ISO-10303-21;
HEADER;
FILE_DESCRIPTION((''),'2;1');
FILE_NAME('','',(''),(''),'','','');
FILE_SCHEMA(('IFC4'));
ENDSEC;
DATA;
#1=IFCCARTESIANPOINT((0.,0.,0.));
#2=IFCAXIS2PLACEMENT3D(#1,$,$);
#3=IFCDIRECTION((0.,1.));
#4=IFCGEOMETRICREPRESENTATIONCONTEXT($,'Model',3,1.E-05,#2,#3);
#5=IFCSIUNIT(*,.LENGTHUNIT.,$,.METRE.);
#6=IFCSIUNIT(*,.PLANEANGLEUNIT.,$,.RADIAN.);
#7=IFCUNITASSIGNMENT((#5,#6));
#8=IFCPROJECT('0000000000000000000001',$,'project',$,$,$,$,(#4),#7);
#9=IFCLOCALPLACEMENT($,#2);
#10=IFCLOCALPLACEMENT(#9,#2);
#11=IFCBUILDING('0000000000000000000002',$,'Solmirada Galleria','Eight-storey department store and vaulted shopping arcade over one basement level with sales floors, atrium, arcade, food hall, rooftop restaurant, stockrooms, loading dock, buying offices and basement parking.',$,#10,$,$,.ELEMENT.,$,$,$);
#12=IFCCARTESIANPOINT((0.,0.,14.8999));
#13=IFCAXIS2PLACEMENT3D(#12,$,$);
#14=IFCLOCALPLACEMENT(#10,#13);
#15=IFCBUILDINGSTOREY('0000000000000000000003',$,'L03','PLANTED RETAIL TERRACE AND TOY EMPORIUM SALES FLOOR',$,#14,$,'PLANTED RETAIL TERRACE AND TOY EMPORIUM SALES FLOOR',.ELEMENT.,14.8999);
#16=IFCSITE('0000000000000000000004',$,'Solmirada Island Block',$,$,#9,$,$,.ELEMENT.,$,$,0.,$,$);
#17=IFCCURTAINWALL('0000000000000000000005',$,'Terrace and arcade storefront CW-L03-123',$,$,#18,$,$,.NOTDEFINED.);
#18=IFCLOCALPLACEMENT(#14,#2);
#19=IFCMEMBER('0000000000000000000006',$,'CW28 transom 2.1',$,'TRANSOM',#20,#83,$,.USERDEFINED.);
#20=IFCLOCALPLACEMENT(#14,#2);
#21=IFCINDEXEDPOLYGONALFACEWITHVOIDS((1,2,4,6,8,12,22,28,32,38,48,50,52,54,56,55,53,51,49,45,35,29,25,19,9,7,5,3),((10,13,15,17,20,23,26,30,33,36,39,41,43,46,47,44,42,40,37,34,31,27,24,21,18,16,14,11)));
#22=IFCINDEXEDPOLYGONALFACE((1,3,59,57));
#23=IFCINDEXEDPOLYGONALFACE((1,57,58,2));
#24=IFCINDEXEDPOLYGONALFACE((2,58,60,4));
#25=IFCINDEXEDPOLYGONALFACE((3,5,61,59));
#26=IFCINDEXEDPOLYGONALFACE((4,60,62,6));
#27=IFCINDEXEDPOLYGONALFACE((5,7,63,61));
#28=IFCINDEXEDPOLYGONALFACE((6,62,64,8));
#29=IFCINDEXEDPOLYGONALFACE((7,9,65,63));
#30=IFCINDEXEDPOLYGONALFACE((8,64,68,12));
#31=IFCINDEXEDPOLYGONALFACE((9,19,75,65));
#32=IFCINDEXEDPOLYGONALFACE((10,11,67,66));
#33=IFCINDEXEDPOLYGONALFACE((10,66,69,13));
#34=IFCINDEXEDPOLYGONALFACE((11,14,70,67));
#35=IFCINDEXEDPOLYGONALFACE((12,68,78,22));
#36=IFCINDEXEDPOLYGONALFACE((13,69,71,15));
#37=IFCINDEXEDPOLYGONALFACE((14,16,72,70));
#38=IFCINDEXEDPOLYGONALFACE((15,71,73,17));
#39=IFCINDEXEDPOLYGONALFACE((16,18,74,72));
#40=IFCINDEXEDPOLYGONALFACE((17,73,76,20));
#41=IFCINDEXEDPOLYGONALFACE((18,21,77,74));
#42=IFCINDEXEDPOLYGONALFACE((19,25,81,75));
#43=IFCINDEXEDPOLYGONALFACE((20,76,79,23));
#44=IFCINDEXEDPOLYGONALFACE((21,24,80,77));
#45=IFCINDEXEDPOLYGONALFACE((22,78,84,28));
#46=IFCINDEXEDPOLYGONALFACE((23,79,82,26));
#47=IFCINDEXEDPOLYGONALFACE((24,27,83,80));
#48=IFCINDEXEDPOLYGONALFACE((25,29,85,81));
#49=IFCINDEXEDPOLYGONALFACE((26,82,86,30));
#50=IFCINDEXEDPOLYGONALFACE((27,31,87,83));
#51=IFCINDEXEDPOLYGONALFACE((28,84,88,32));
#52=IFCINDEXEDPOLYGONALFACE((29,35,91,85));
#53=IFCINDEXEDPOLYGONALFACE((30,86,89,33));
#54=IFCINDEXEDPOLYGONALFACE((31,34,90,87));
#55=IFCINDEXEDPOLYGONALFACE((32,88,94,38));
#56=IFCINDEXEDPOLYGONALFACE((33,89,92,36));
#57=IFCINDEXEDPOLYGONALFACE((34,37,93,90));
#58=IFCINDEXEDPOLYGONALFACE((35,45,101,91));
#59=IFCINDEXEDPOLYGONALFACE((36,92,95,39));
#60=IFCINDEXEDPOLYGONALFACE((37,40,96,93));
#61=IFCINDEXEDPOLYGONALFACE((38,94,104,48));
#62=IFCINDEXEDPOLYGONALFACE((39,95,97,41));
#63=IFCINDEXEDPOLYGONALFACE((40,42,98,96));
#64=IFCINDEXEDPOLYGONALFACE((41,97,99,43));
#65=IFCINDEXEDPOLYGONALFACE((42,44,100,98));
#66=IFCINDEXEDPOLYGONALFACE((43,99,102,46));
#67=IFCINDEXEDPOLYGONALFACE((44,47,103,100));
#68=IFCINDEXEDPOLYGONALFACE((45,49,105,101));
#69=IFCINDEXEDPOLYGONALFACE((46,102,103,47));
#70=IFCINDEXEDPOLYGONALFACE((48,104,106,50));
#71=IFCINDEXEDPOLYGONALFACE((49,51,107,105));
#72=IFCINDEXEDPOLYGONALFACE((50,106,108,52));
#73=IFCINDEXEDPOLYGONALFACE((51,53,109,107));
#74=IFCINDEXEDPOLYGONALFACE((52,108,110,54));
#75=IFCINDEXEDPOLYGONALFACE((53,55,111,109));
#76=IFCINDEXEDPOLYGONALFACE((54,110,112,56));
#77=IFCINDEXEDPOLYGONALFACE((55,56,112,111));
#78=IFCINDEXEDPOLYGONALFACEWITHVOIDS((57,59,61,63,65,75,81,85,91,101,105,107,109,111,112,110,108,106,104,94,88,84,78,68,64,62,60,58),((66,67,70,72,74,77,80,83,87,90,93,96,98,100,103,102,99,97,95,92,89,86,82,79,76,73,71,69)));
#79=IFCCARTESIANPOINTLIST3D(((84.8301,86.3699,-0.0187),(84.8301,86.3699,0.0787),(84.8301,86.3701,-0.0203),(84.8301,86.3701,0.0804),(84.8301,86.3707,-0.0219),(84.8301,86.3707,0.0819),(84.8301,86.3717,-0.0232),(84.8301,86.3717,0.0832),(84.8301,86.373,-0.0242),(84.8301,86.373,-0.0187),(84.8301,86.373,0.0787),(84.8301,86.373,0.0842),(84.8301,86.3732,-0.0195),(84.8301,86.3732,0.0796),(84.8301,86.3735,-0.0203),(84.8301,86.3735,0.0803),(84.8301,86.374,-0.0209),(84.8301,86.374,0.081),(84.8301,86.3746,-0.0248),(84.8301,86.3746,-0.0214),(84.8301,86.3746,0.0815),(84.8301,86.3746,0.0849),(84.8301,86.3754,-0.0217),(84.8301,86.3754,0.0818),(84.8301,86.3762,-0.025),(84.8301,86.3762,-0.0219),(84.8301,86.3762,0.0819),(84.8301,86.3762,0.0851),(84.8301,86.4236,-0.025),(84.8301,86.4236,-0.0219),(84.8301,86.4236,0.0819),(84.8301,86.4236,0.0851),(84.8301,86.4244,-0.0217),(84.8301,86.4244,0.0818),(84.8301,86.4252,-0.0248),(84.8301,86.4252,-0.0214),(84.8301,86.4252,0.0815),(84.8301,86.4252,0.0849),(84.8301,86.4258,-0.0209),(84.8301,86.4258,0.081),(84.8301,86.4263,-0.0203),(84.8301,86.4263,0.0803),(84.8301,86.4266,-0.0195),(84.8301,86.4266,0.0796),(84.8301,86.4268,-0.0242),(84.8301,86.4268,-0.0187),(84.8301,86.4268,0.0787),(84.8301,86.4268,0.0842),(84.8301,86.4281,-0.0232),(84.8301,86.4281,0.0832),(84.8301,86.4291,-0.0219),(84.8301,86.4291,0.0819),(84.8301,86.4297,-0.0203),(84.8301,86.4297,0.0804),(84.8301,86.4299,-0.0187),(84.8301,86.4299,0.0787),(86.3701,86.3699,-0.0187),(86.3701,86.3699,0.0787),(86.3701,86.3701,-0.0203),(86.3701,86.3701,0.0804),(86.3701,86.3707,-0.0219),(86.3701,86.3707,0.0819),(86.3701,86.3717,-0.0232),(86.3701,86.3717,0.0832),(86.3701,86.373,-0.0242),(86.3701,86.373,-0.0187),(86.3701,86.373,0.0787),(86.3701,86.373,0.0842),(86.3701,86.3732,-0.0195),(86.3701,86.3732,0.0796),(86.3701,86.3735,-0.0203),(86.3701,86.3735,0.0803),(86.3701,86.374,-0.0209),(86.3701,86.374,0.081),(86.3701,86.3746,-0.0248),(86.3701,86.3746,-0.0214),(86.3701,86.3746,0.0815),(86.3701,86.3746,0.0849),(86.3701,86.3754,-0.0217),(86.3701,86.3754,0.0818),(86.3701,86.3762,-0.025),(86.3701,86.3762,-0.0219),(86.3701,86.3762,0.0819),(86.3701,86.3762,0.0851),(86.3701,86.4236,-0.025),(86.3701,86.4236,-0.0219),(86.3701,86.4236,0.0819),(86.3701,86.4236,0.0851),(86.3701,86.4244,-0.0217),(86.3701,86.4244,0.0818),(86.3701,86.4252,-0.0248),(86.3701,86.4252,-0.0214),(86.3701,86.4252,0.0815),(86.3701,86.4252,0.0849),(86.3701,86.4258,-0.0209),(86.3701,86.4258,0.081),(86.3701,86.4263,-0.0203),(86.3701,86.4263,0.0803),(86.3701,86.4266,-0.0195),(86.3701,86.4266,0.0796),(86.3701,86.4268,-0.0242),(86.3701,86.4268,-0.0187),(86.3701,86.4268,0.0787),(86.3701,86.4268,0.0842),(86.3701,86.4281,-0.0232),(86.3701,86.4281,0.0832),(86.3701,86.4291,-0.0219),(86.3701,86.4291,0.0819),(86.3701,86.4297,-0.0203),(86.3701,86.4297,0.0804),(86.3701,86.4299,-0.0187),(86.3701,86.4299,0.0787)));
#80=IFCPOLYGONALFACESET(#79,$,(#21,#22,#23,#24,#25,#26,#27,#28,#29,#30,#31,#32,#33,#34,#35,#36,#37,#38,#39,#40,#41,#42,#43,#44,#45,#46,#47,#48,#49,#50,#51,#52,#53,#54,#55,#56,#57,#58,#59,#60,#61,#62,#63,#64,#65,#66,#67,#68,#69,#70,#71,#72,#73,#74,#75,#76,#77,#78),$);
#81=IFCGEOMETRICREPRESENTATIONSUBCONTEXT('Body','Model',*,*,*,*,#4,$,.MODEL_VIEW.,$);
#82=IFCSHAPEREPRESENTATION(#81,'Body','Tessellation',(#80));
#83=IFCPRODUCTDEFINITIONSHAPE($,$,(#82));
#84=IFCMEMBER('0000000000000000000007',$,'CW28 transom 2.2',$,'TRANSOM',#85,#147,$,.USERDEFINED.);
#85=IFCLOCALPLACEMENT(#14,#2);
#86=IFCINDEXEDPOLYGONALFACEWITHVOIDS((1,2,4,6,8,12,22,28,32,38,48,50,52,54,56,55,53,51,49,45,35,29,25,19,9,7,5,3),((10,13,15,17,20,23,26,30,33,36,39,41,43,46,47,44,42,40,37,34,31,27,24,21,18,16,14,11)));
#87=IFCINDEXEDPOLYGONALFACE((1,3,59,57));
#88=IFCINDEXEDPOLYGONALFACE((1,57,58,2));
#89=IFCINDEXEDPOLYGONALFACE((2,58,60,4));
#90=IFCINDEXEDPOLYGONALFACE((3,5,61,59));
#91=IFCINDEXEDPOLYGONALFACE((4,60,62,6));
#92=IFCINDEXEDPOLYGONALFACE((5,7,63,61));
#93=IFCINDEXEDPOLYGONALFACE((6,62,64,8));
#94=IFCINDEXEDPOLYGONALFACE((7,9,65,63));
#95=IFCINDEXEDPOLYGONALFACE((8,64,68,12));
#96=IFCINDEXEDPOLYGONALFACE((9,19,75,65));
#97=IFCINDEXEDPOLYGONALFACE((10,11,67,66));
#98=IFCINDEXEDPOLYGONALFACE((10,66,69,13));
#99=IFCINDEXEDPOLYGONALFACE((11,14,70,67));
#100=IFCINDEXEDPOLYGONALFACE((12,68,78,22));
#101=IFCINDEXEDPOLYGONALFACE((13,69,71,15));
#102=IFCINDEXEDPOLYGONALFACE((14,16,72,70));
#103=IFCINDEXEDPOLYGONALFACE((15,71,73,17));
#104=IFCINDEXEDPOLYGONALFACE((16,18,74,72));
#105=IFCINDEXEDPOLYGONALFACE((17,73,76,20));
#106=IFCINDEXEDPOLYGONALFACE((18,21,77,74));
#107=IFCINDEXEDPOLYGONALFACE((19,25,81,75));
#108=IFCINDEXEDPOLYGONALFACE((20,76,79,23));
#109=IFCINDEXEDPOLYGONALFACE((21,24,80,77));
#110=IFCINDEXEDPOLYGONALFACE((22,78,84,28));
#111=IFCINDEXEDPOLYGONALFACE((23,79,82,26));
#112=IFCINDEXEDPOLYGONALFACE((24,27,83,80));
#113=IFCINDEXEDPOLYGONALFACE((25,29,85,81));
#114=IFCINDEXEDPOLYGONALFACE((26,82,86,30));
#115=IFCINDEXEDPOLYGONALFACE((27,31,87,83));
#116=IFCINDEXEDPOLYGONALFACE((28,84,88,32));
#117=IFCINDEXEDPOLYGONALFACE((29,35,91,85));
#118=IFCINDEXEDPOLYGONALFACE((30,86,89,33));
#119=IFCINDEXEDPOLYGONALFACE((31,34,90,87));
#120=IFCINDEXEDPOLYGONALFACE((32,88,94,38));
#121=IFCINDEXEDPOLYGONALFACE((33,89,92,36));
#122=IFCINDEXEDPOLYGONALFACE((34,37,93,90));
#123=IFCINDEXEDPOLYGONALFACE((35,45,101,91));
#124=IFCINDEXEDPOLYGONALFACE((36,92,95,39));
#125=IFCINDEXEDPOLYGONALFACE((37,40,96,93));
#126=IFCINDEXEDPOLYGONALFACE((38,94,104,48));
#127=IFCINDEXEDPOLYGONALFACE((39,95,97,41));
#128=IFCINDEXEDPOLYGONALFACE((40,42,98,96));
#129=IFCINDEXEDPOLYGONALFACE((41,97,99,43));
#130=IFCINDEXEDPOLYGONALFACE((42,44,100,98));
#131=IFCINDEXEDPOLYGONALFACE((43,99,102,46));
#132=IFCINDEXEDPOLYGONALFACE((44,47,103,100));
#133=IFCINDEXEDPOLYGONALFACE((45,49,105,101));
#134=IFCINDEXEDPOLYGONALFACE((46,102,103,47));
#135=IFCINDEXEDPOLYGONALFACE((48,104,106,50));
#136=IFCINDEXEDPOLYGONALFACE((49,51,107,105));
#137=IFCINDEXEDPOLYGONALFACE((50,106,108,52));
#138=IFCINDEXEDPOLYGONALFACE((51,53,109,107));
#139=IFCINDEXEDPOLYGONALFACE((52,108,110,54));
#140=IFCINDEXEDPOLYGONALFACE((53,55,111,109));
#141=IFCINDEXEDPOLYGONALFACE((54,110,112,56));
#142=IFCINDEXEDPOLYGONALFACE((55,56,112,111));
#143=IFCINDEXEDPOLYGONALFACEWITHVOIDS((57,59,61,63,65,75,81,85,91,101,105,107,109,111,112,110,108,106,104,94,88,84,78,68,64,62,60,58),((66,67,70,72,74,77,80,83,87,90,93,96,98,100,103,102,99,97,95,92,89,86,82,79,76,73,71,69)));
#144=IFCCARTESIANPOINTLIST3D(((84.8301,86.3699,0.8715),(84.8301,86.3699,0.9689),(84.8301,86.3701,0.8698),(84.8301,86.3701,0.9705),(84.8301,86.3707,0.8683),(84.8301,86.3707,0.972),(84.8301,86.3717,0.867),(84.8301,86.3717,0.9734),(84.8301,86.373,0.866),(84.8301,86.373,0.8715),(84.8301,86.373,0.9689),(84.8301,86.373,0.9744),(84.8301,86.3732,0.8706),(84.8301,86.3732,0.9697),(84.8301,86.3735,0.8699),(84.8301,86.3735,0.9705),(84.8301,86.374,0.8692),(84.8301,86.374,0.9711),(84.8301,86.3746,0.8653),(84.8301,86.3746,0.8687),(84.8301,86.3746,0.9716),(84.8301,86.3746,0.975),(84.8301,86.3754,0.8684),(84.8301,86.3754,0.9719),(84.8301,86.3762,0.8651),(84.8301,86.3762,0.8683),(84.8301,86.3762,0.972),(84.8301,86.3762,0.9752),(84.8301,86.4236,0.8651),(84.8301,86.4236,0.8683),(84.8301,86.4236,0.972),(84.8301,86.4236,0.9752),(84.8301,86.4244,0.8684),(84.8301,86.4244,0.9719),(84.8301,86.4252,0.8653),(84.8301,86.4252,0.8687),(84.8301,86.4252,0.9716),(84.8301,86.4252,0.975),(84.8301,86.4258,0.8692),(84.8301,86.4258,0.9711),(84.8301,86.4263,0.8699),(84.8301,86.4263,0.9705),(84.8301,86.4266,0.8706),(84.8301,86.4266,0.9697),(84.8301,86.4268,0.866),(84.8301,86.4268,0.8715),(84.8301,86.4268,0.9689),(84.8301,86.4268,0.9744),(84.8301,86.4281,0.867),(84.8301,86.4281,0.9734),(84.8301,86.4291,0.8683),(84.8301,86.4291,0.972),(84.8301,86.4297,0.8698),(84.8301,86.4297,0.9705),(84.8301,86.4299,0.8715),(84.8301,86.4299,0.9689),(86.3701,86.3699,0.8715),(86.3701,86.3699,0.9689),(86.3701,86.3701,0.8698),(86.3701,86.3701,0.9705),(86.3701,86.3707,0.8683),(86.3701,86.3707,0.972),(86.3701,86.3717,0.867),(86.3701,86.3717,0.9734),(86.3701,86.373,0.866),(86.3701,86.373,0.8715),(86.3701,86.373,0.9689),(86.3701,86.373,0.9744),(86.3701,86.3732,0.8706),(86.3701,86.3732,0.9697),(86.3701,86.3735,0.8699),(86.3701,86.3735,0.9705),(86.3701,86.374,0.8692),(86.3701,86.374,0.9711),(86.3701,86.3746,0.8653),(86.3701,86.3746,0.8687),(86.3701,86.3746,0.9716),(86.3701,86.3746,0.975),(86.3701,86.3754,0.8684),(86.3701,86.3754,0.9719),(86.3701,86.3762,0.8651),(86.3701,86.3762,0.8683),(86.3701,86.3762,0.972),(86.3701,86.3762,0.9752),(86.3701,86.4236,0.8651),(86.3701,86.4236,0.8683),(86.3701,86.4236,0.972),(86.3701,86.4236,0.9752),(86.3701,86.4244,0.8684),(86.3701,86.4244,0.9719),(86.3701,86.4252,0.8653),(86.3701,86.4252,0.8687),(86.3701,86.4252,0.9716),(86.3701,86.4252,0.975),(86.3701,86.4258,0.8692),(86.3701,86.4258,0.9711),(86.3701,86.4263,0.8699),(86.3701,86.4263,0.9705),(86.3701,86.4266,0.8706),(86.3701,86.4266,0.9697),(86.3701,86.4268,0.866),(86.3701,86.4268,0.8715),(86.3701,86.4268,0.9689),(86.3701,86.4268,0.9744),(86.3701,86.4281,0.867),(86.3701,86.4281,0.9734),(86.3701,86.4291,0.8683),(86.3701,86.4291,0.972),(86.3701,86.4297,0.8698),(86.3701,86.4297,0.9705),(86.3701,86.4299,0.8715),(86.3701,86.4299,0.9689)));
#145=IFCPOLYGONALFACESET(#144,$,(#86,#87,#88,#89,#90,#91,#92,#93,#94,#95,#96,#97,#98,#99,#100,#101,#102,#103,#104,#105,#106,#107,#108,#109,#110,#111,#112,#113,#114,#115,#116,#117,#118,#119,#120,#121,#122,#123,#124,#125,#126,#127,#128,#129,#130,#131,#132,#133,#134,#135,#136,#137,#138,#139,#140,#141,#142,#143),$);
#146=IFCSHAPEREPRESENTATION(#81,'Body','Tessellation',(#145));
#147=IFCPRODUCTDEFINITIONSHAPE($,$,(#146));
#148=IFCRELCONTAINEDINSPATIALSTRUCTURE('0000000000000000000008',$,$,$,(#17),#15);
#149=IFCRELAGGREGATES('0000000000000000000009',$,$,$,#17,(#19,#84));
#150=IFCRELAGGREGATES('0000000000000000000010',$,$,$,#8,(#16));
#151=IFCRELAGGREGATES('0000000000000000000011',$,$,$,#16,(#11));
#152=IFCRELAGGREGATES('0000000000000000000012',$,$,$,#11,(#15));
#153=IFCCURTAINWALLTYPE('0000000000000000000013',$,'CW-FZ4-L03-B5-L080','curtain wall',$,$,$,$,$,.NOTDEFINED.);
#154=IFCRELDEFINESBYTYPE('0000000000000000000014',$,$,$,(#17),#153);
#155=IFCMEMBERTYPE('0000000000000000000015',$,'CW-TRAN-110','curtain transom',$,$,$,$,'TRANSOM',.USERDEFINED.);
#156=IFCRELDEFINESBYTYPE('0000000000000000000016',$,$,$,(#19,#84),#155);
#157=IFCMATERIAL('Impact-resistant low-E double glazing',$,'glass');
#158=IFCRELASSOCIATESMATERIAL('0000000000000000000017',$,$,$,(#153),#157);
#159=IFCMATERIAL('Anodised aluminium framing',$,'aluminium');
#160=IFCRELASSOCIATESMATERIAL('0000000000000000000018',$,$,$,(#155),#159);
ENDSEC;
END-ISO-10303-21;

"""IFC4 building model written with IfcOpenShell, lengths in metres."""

from ifc_helpers import new_model, si_unit, direction, frame, origin, origin_2d, place, context, subcontext, project, spatial, hollow_rectangle, extrude, material, material_profile, profile_set, type_object, element, aggregate, save


model = new_model("IFC4")

# Units and contexts
model_context = context("Model", 3, precision=1e-05, world=origin(), true_north=direction((0.0, 1.0)))
body_context = subcontext(model_context, "Body", "Model", "MODEL_VIEW")
ifc_project = project(units=[si_unit("LENGTHUNIT", "METRE"), si_unit("PLANEANGLEUNIT", "RADIAN")], contexts=[model_context])

# Site, building, storey
site_placement = place(None, origin())
site = spatial("IfcSite", under=ifc_project, at=site_placement, Name="Solmirada Island Block", CompositionType="ELEMENT", RefElevation=0.0)
building_placement = place(site_placement, origin())
building = spatial("IfcBuilding", under=site, at=building_placement, Name="Solmirada Galleria", Description="Eight-storey department store and vaulted shopping arcade over one basement level with sales floors, atrium, arcade, food hall, rooftop restaurant, stockrooms, loading dock, buying offices and basement parking.", CompositionType="ELEMENT")
storey_placement = place(building_placement, frame((0.0, 0.0, 14.8999)))
storey = spatial("IfcBuildingStorey", under=building, at=storey_placement, Name="L03", Description="PLANTED RETAIL TERRACE AND TOY EMPORIUM SALES FLOOR", LongName="PLANTED RETAIL TERRACE AND TOY EMPORIUM SALES FLOOR", CompositionType="ELEMENT", Elevation=14.8999)

# Curtain wall, members
ifc_material_1 = material(Name="Impact-resistant low-E double glazing", Category="glass")
curtain_wall_type = type_object("IfcCurtainWallType", Name="CW-FZ4-L03-B5-L080", Description="curtain wall", PredefinedType="NOTDEFINED", material=ifc_material_1)
curtain_wall_placement = place(storey_placement, origin())
curtain_wall = element("IfcCurtainWall", 1, at=curtain_wall_placement, inside=storey, type_object=curtain_wall_type, Name="Terrace and arcade storefront CW-L03-123", PredefinedType="NOTDEFINED")
ifc_material_2 = material(Name="Anodised aluminium framing", Category="aluminium")
ifc_material_profile_1 = material_profile(ifc_material_2, hollow_rectangle(XDim=0.0601, YDim=0.1101, WallThickness=0.0032, InnerFilletRadius=0.0032, OuterFilletRadius=0.0063, at=origin_2d()), Name="ALU-TRAN-110X60")
ifc_profile_set_1 = profile_set([ifc_material_profile_1], Name="Anodised aluminium framing")
member_type_1 = type_object("IfcMemberType", Name="CW-TRAN-110", Description="curtain transom", ElementType="TRANSOM", PredefinedType="USERDEFINED", material=ifc_profile_set_1)
member_1_placement = place(storey_placement, frame((86.3701, 86.3999, 0.03), z_axis=(-1.0, 0.0, 0.0), x_axis=(0.0, -1.0, 0.0)))
member_1 = element("IfcMember", 2, at=member_1_placement, type_object=member_type_1, Name="CW28 transom 2.1", ObjectType="TRANSOM", PredefinedType="USERDEFINED", context=body_context, shape_type="SweptSolid", body=[
    extrude(hollow_rectangle(XDim=0.0601, YDim=0.1101, WallThickness=0.0032, InnerFilletRadius=0.0032, OuterFilletRadius=0.0063, at=origin_2d()), origin(), (0.0, 0.0, 1.0), 1.54),
])
member_2_placement = place(storey_placement, frame((86.3701, 86.3999, 0.9202), z_axis=(-1.0, 0.0, 0.0), x_axis=(0.0, -1.0, 0.0)))
member_2 = element("IfcMember", 3, at=member_2_placement, type_object=member_type_1, Name="CW28 transom 2.2", ObjectType="TRANSOM", PredefinedType="USERDEFINED", context=body_context, shape_type="SweptSolid", body=[
    extrude(hollow_rectangle(XDim=0.0601, YDim=0.1101, WallThickness=0.0032, InnerFilletRadius=0.0032, OuterFilletRadius=0.0063, at=origin_2d()), origin(), (0.0, 0.0, 1.0), 1.54),
])
aggregate(curtain_wall, [member_1, member_2])

save(model, "model.ifc")
